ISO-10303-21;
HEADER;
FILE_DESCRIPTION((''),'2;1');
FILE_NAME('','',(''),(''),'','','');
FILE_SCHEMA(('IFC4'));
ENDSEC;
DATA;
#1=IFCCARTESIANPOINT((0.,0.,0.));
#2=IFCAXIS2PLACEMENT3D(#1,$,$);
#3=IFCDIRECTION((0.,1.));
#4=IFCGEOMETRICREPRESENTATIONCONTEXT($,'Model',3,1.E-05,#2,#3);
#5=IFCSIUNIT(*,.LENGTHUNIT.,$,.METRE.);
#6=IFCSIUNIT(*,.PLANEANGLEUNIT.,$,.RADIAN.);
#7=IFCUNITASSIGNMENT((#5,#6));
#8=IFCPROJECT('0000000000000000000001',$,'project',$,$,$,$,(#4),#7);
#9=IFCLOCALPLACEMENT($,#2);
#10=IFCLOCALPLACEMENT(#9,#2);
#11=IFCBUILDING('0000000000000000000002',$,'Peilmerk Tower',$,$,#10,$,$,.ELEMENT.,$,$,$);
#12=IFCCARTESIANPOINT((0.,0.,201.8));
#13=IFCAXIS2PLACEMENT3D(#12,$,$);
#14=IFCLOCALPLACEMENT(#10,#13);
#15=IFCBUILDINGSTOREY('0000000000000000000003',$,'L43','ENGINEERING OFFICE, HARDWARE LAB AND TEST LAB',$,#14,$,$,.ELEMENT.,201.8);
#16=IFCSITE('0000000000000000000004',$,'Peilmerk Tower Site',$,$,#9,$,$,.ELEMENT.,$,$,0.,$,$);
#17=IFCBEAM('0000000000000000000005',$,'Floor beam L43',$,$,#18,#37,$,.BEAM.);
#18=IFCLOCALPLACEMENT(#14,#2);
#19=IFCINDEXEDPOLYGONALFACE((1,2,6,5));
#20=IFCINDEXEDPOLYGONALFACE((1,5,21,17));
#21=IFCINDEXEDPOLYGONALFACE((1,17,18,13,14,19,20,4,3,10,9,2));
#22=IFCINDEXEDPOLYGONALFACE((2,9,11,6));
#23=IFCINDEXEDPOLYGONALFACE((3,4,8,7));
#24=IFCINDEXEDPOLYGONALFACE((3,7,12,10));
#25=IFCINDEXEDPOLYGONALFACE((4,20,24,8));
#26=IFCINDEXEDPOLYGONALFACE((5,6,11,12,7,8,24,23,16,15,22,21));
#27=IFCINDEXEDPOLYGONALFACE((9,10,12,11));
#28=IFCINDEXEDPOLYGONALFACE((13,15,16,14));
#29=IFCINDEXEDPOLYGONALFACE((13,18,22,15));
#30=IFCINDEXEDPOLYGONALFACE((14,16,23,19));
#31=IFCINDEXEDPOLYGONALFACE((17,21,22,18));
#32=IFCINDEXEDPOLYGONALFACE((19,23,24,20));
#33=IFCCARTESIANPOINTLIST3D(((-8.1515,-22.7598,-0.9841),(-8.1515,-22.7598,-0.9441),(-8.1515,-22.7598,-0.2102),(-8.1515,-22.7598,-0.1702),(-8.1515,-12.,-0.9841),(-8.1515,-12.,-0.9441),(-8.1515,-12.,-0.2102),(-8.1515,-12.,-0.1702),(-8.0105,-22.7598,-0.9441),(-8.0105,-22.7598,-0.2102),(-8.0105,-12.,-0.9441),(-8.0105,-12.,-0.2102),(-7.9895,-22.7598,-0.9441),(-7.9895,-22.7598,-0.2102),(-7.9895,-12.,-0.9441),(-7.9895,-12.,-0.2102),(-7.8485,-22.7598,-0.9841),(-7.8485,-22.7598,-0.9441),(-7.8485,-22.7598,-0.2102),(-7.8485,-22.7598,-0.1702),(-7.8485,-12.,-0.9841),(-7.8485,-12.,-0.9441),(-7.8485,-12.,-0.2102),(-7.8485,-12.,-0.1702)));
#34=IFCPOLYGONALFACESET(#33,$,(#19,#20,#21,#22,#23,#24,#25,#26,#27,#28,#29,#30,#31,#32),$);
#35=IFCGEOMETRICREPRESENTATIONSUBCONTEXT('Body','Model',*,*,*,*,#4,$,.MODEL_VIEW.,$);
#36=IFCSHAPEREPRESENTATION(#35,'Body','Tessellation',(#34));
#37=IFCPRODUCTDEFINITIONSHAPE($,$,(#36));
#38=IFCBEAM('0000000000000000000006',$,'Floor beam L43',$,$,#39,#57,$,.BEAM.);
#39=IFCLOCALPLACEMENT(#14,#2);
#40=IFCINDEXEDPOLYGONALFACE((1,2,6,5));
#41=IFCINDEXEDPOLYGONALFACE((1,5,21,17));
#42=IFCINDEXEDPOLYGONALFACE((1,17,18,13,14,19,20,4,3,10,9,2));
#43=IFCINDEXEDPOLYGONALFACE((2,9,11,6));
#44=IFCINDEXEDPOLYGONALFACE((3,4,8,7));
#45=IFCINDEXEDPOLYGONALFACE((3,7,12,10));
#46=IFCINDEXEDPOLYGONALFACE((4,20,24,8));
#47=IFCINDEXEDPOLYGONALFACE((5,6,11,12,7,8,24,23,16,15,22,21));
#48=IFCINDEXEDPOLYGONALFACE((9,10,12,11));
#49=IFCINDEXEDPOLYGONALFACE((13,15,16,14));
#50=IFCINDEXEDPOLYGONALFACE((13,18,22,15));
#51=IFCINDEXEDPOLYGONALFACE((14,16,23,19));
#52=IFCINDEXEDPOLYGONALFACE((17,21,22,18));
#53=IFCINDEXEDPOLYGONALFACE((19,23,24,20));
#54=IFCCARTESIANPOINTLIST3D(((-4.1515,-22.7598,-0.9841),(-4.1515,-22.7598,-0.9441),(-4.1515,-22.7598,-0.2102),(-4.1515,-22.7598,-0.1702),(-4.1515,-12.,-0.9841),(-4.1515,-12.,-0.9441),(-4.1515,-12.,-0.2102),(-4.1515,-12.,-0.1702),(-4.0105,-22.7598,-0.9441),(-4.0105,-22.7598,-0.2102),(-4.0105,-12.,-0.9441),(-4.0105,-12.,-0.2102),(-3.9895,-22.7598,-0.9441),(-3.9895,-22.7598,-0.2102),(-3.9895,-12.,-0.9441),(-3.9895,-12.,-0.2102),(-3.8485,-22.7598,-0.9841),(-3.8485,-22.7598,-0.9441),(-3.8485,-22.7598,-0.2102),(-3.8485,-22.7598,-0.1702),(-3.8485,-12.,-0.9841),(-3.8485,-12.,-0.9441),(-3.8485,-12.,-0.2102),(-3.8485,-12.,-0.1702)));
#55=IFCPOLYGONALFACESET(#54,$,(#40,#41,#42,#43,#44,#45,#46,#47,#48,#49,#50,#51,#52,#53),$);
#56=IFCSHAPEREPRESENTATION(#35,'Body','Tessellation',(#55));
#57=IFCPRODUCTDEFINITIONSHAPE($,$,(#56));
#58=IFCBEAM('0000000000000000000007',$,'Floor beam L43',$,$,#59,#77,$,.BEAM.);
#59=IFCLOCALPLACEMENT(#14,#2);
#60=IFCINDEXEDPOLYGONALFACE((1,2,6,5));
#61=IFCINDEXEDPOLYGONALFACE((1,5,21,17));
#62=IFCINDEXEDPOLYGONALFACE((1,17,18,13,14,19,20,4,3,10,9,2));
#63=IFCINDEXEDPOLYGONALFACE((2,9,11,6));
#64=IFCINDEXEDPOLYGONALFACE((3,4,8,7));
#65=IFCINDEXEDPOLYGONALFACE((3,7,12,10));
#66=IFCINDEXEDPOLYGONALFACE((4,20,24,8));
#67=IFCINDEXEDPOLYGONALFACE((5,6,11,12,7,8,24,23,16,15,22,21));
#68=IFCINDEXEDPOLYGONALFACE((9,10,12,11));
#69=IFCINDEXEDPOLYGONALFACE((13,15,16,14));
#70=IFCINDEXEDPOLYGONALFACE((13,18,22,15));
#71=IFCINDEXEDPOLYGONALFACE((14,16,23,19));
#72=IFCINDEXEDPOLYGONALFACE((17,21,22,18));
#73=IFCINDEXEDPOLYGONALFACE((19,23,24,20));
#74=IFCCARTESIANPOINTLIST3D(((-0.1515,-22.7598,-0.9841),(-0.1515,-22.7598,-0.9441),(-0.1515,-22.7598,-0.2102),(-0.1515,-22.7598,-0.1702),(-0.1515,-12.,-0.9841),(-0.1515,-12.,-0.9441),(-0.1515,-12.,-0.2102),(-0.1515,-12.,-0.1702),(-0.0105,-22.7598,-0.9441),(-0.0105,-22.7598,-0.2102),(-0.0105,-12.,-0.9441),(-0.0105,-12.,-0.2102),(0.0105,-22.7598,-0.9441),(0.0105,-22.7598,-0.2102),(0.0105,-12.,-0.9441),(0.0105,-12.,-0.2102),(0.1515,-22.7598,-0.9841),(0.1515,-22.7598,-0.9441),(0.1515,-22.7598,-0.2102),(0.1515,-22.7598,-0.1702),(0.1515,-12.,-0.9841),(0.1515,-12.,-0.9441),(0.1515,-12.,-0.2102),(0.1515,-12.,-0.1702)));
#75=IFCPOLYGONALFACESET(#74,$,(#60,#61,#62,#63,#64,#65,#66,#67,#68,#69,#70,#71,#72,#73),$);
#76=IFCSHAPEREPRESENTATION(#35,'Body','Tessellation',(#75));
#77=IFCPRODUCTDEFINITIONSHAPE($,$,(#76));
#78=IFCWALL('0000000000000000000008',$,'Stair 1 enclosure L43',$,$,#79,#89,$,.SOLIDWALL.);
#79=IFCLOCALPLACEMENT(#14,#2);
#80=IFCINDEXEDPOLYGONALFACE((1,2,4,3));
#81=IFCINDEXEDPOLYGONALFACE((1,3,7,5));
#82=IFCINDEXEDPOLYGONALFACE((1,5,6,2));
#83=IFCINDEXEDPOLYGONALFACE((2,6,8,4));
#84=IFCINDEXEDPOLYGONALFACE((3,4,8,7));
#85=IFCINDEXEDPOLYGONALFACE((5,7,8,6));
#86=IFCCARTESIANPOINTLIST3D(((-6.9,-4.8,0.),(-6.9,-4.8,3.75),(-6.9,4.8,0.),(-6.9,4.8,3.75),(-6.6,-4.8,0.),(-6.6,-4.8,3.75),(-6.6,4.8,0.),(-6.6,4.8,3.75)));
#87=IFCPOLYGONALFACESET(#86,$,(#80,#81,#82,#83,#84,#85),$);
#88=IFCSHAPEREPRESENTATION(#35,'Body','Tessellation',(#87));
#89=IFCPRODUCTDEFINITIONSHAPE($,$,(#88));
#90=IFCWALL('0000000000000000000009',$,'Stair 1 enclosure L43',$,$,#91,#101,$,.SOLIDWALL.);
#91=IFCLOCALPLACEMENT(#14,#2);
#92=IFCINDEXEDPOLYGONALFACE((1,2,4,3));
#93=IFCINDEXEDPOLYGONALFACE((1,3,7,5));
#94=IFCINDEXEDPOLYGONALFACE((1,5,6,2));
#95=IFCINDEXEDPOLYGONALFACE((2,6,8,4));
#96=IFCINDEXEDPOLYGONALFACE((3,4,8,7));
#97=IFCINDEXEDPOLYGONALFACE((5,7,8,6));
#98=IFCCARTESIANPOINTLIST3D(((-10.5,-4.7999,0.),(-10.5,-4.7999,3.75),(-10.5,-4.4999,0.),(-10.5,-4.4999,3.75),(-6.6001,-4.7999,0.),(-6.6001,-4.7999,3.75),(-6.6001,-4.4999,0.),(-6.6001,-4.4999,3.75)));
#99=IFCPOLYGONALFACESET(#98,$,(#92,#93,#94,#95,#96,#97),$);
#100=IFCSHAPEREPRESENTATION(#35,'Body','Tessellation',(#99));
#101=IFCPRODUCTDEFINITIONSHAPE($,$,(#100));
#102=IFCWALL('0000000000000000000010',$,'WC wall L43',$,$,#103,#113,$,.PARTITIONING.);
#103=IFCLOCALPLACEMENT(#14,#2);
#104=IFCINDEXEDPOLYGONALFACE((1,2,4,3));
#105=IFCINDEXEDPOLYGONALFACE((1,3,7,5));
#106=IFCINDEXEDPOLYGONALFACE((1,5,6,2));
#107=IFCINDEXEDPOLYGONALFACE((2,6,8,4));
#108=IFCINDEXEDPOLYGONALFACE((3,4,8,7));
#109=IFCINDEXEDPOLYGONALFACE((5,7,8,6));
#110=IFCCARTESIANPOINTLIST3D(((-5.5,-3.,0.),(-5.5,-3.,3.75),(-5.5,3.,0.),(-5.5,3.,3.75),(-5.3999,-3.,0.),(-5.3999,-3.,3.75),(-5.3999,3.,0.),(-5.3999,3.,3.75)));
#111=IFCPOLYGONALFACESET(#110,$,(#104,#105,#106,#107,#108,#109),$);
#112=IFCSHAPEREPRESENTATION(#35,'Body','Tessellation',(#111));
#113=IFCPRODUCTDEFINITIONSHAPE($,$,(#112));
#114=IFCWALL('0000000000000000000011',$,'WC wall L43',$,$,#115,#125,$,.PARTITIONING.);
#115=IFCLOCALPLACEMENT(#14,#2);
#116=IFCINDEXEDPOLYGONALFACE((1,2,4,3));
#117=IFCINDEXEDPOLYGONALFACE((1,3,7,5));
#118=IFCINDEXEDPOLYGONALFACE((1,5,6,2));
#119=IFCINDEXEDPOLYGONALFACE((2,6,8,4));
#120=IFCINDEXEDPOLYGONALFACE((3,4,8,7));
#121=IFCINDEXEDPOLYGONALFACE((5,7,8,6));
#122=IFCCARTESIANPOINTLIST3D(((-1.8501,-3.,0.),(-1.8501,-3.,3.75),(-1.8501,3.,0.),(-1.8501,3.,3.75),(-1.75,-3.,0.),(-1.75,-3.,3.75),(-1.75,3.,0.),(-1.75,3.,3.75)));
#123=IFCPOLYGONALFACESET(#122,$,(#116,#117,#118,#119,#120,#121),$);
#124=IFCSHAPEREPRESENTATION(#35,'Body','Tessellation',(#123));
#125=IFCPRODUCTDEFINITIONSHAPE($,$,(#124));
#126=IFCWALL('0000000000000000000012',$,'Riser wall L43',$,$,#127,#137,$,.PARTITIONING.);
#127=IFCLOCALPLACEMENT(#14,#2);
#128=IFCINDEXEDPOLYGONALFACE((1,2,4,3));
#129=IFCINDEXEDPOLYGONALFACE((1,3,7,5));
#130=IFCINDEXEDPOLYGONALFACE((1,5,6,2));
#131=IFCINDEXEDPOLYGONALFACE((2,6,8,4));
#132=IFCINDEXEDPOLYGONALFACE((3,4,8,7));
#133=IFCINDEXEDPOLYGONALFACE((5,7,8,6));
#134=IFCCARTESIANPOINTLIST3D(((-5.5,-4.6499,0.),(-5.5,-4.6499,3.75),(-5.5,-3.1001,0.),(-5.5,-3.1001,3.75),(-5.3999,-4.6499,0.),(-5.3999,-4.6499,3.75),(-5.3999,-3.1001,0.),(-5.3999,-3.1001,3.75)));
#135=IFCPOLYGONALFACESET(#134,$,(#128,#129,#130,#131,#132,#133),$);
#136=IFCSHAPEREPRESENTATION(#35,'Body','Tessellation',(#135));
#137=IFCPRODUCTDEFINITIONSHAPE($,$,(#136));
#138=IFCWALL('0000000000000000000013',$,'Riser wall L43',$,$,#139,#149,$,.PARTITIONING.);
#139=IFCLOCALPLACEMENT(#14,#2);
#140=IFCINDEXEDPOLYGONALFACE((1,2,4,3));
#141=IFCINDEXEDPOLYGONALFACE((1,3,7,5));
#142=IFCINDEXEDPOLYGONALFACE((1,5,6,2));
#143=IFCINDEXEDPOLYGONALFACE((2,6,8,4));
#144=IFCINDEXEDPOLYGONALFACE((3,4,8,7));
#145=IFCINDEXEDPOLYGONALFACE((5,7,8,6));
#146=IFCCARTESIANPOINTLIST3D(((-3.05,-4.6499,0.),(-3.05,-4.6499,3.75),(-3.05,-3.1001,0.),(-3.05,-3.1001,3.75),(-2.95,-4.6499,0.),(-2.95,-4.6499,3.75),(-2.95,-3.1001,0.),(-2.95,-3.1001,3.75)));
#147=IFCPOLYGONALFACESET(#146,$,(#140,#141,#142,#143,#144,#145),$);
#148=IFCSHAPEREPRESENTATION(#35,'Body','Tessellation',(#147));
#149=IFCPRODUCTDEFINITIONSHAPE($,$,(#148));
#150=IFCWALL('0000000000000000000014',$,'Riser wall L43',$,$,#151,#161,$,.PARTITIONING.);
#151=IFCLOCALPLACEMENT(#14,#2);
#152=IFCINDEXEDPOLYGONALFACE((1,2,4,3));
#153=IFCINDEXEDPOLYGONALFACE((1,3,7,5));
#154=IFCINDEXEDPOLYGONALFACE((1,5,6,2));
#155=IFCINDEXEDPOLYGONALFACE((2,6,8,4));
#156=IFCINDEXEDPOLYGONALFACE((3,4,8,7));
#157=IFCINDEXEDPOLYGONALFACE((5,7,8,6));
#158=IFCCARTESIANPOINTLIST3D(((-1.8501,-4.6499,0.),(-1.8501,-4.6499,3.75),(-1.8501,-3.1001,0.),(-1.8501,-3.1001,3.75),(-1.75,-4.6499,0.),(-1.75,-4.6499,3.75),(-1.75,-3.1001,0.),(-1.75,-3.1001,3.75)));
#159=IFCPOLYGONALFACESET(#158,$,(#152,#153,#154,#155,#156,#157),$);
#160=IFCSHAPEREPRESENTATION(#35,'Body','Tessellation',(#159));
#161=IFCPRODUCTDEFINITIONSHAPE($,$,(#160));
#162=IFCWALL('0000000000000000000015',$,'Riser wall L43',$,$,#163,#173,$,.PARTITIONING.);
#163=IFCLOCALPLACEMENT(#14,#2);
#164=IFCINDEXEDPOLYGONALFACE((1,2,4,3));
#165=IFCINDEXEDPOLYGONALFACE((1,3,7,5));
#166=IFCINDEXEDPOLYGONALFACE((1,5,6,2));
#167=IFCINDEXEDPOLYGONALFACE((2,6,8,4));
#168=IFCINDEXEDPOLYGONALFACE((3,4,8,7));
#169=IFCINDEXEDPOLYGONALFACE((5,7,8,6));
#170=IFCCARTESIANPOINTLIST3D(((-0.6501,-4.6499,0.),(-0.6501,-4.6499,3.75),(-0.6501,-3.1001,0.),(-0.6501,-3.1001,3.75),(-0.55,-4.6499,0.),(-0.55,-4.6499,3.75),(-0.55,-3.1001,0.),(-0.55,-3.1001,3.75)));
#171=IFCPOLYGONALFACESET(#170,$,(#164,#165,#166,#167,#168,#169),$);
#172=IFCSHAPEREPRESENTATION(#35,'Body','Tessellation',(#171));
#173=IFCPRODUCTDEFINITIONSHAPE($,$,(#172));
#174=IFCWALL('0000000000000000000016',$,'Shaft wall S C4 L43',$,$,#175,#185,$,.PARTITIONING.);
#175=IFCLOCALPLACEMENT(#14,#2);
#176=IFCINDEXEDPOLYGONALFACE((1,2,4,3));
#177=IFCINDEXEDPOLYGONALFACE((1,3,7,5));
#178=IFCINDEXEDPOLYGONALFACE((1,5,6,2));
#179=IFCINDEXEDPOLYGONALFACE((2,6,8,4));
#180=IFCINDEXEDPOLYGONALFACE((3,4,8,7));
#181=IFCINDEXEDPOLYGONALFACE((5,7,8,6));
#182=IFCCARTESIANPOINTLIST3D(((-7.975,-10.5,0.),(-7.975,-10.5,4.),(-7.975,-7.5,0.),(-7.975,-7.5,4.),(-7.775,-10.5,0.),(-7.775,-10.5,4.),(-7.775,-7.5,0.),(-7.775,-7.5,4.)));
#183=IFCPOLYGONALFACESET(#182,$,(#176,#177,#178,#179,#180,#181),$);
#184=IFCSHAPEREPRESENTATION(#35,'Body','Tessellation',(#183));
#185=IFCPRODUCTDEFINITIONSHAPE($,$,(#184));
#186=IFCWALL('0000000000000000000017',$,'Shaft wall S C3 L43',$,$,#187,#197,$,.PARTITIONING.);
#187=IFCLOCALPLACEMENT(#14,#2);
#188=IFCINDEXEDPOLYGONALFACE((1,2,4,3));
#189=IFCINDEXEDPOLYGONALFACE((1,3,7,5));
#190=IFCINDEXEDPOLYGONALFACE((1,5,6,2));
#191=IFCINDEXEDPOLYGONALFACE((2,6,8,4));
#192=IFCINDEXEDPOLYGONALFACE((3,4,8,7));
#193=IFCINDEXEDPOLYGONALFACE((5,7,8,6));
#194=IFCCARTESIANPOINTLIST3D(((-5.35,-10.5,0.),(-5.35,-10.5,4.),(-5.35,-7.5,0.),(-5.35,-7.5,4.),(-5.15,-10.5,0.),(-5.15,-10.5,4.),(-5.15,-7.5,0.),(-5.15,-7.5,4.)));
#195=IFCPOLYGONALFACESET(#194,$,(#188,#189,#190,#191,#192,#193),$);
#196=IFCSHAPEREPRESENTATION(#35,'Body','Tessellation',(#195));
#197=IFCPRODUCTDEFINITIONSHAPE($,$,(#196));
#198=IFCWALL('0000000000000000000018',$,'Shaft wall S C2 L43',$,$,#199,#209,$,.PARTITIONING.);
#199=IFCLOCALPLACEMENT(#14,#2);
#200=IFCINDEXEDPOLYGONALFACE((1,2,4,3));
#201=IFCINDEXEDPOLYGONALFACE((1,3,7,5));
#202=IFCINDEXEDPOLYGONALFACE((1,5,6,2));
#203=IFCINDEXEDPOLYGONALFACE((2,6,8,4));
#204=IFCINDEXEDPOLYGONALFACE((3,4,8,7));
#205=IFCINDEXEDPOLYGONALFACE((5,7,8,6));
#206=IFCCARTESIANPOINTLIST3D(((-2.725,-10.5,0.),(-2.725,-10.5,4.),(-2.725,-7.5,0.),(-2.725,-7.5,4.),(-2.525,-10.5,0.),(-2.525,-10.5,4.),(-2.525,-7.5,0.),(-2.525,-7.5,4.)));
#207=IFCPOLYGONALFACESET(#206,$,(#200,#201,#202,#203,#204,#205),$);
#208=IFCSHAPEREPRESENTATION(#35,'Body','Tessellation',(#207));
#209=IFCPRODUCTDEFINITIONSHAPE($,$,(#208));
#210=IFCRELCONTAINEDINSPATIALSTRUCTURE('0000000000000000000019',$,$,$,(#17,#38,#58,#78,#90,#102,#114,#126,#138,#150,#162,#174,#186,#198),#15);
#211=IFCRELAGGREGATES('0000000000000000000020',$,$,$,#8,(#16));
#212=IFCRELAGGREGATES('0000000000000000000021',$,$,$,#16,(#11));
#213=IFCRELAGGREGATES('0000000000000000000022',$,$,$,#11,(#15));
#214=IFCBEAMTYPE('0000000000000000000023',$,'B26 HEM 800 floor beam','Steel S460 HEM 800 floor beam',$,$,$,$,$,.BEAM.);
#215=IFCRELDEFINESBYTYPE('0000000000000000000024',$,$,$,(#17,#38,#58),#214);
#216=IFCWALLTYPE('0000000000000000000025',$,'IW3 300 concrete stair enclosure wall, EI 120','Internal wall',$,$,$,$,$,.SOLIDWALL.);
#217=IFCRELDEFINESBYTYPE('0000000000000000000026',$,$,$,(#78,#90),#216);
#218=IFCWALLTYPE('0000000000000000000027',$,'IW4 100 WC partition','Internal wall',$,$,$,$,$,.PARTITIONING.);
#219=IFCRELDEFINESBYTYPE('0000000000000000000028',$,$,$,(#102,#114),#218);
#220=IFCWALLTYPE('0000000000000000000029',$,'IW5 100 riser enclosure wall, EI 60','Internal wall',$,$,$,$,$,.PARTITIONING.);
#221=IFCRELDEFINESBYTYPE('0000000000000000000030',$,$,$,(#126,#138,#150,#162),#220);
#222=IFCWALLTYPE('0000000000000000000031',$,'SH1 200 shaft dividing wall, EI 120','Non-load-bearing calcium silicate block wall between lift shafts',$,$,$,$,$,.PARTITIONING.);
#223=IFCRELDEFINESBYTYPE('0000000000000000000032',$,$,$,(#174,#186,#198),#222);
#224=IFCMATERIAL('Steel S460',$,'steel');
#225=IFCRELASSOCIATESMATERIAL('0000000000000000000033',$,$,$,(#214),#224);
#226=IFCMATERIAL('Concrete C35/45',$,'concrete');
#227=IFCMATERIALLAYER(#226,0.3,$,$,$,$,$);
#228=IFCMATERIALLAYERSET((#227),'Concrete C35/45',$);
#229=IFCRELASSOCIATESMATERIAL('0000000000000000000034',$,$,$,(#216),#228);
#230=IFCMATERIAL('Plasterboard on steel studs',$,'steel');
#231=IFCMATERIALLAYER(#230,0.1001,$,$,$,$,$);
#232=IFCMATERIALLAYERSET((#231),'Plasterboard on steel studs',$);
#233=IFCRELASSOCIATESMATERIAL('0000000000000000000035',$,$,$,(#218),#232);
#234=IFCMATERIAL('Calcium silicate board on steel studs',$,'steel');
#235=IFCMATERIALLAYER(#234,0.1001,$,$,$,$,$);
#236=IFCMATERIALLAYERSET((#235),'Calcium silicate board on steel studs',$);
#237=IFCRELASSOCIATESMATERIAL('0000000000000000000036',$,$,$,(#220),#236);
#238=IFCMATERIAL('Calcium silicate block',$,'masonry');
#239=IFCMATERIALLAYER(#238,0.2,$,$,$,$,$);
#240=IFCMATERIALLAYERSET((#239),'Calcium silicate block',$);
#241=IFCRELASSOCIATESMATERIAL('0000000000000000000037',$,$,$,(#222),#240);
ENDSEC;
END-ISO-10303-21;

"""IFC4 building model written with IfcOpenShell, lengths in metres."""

from ifc_helpers import new_model, si_unit, direction, frame, frame_2d, origin, origin_2d, place, context, subcontext, project, spatial, rectangle, i_section, extrude, material, layer, layer_set, material_profile, profile_set, type_object, element, save


model = new_model("IFC4")

# Units and contexts
model_context = context("Model", 3, precision=1e-05, world=origin(), true_north=direction((0.0, 1.0)))
body_context = subcontext(model_context, "Body", "Model", "MODEL_VIEW")
ifc_project = project(units=[si_unit("LENGTHUNIT", "METRE"), si_unit("PLANEANGLEUNIT", "RADIAN")], contexts=[model_context])

# Site, building, storey
site_placement = place(None, origin())
site = spatial("IfcSite", under=ifc_project, at=site_placement, Name="Peilmerk Tower Site", CompositionType="ELEMENT", RefElevation=0.0)
building_placement = place(site_placement, origin())
building = spatial("IfcBuilding", under=site, at=building_placement, Name="Peilmerk Tower", CompositionType="ELEMENT")
storey_placement = place(building_placement, frame((0.0, 0.0, 201.8)))
storey = spatial("IfcBuildingStorey", under=building, at=storey_placement, Name="L43", Description="ENGINEERING OFFICE, HARDWARE LAB AND TEST LAB", CompositionType="ELEMENT", Elevation=201.8)

# Beams
ifc_material_1 = material(Name="Steel S460", Category="steel")
ifc_material_profile = material_profile(ifc_material_1, i_section(OverallWidth=0.303, OverallDepth=0.814, WebThickness=0.021, FlangeThickness=0.04, at=origin_2d()), Name="HEM 800")
ifc_profile_set = profile_set([ifc_material_profile], Name="Steel S460")
beam_type = type_object("IfcBeamType", Name="B26 HEM 800 floor beam", Description="Steel S460 HEM 800 floor beam", PredefinedType="BEAM", material=ifc_profile_set)
for number, where, z_axis, x_axis, name in (
    (1, (-8.0, -12.0, -0.5771), (0.0, -1.0, 0.0), (1.0, 0.0, 0.0), "Floor beam L43"),
    (2, (-4.0, -12.0, -0.5771), (0.0, -1.0, 0.0), (1.0, 0.0, 0.0), "Floor beam L43"),
    (3, (0.0, -12.0, -0.5771), (0.0, -1.0, 0.0), (1.0, 0.0, 0.0), "Floor beam L43"),
):
    element("IfcBeam", number, at=place(storey_placement, frame(where, z_axis=z_axis, x_axis=x_axis)), inside=storey, type_object=beam_type, Name=name, PredefinedType="BEAM", context=body_context, shape_type="SweptSolid", body=[
        extrude(i_section(OverallWidth=0.303, OverallDepth=0.814, WebThickness=0.021, FlangeThickness=0.04, at=origin_2d()), origin(), (0.0, 0.0, 1.0), 10.7598),
    ])

# Walls
ifc_material_2 = material(Name="Concrete C35/45", Category="concrete")
ifc_layer_1 = layer(ifc_material_2, 0.3)
ifc_layer_set_1 = layer_set([ifc_layer_1], Name="Concrete C35/45")
wall_type_1 = type_object("IfcWallType", Name="IW3 300 concrete stair enclosure wall, EI 120", Description="Internal wall", PredefinedType="SOLIDWALL", material=ifc_layer_set_1)
wall_1_placement = place(storey_placement, frame((-6.75, -4.8, 0.0), z_axis=(0.0, 0.0, 1.0), x_axis=(0.0, 1.0, 0.0)))
element("IfcWall", 4, at=wall_1_placement, inside=storey, type_object=wall_type_1, Name="Stair 1 enclosure L43", PredefinedType="SOLIDWALL", context=body_context, shape_type="SweptSolid", body=[
    extrude(rectangle(XDim=9.6001, YDim=0.3, at=frame_2d((4.8, 0.0))), origin(), (0.0, 0.0, 1.0), 3.75),
])
wall_2_placement = place(storey_placement, frame((-6.6001, -4.6499, 0.0), z_axis=(0.0, 0.0, 1.0), x_axis=(-1.0, 0.0, 0.0)))
element("IfcWall", 5, at=wall_2_placement, inside=storey, type_object=wall_type_1, Name="Stair 1 enclosure L43", PredefinedType="SOLIDWALL", context=body_context, shape_type="SweptSolid", body=[
    extrude(rectangle(XDim=3.8999, YDim=0.3, at=frame_2d((1.95, 0.0))), origin(), (0.0, 0.0, 1.0), 3.75),
])
ifc_material_3 = material(Name="Plasterboard on steel studs", Category="steel")
ifc_layer_2 = layer(ifc_material_3, 0.1001)
ifc_layer_set_2 = layer_set([ifc_layer_2], Name="Plasterboard on steel studs")
wall_type_2 = type_object("IfcWallType", Name="IW4 100 WC partition", Description="Internal wall", PredefinedType="PARTITIONING", material=ifc_layer_set_2)
for number, where, z_axis, x_axis, name in (
    (6, (-5.45, -3.0, 0.0), (0.0, 0.0, 1.0), (0.0, 1.0, 0.0), "WC wall L43"),
    (7, (-1.8, -3.0, 0.0), (0.0, 0.0, 1.0), (0.0, 1.0, 0.0), "WC wall L43"),
):
    element("IfcWall", number, at=place(storey_placement, frame(where, z_axis=z_axis, x_axis=x_axis)), inside=storey, type_object=wall_type_2, Name=name, PredefinedType="PARTITIONING", context=body_context, shape_type="SweptSolid", body=[
        extrude(rectangle(XDim=6.0, YDim=0.1001, at=frame_2d((3.0, 0.0))), origin(), (0.0, 0.0, 1.0), 3.75),
    ])
ifc_material_4 = material(Name="Calcium silicate board on steel studs", Category="steel")
ifc_layer_3 = layer(ifc_material_4, 0.1001)
ifc_layer_set_3 = layer_set([ifc_layer_3], Name="Calcium silicate board on steel studs")
wall_type_3 = type_object("IfcWallType", Name="IW5 100 riser enclosure wall, EI 60", Description="Internal wall", PredefinedType="PARTITIONING", material=ifc_layer_set_3)
for number, where, z_axis, x_axis, name in (
    (8, (-5.45, -3.1001, 0.0), (0.0, 0.0, 1.0), (0.0, -1.0, 0.0), "Riser wall L43"),
    (9, (-3.0, -3.1001, 0.0), (0.0, 0.0, 1.0), (0.0, -1.0, 0.0), "Riser wall L43"),
    (10, (-1.8, -3.1001, 0.0), (0.0, 0.0, 1.0), (0.0, -1.0, 0.0), "Riser wall L43"),
    (11, (-0.6001, -3.1001, 0.0), (0.0, 0.0, 1.0), (0.0, -1.0, 0.0), "Riser wall L43"),
):
    element("IfcWall", number, at=place(storey_placement, frame(where, z_axis=z_axis, x_axis=x_axis)), inside=storey, type_object=wall_type_3, Name=name, PredefinedType="PARTITIONING", context=body_context, shape_type="SweptSolid", body=[
        extrude(rectangle(XDim=1.5498, YDim=0.1001, at=frame_2d((0.7749, 0.0))), origin(), (0.0, 0.0, 1.0), 3.75),
    ])
ifc_material_5 = material(Name="Calcium silicate block", Category="masonry")
ifc_layer_4 = layer(ifc_material_5, 0.2)
ifc_layer_set_4 = layer_set([ifc_layer_4], Name="Calcium silicate block")
wall_type_4 = type_object("IfcWallType", Name="SH1 200 shaft dividing wall, EI 120", Description="Non-load-bearing calcium silicate block wall between lift shafts", PredefinedType="PARTITIONING", material=ifc_layer_set_4)
for number, where, z_axis, x_axis, name in (
    (12, (-7.875, -10.5, 0.0), (0.0, 0.0, 1.0), (0.0, 1.0, 0.0), "Shaft wall S C4 L43"),
    (13, (-5.25, -10.5, 0.0), (0.0, 0.0, 1.0), (0.0, 1.0, 0.0), "Shaft wall S C3 L43"),
    (14, (-2.625, -10.5, 0.0), (0.0, 0.0, 1.0), (0.0, 1.0, 0.0), "Shaft wall S C2 L43"),
):
    element("IfcWall", number, at=place(storey_placement, frame(where, z_axis=z_axis, x_axis=x_axis)), inside=storey, type_object=wall_type_4, Name=name, PredefinedType="PARTITIONING", context=body_context, shape_type="SweptSolid", body=[
        extrude(rectangle(XDim=3.0, YDim=0.2, at=frame_2d((1.5, 0.0))), origin(), (0.0, 0.0, 1.0), 4.0),
    ])

save(model, "model.ifc")
